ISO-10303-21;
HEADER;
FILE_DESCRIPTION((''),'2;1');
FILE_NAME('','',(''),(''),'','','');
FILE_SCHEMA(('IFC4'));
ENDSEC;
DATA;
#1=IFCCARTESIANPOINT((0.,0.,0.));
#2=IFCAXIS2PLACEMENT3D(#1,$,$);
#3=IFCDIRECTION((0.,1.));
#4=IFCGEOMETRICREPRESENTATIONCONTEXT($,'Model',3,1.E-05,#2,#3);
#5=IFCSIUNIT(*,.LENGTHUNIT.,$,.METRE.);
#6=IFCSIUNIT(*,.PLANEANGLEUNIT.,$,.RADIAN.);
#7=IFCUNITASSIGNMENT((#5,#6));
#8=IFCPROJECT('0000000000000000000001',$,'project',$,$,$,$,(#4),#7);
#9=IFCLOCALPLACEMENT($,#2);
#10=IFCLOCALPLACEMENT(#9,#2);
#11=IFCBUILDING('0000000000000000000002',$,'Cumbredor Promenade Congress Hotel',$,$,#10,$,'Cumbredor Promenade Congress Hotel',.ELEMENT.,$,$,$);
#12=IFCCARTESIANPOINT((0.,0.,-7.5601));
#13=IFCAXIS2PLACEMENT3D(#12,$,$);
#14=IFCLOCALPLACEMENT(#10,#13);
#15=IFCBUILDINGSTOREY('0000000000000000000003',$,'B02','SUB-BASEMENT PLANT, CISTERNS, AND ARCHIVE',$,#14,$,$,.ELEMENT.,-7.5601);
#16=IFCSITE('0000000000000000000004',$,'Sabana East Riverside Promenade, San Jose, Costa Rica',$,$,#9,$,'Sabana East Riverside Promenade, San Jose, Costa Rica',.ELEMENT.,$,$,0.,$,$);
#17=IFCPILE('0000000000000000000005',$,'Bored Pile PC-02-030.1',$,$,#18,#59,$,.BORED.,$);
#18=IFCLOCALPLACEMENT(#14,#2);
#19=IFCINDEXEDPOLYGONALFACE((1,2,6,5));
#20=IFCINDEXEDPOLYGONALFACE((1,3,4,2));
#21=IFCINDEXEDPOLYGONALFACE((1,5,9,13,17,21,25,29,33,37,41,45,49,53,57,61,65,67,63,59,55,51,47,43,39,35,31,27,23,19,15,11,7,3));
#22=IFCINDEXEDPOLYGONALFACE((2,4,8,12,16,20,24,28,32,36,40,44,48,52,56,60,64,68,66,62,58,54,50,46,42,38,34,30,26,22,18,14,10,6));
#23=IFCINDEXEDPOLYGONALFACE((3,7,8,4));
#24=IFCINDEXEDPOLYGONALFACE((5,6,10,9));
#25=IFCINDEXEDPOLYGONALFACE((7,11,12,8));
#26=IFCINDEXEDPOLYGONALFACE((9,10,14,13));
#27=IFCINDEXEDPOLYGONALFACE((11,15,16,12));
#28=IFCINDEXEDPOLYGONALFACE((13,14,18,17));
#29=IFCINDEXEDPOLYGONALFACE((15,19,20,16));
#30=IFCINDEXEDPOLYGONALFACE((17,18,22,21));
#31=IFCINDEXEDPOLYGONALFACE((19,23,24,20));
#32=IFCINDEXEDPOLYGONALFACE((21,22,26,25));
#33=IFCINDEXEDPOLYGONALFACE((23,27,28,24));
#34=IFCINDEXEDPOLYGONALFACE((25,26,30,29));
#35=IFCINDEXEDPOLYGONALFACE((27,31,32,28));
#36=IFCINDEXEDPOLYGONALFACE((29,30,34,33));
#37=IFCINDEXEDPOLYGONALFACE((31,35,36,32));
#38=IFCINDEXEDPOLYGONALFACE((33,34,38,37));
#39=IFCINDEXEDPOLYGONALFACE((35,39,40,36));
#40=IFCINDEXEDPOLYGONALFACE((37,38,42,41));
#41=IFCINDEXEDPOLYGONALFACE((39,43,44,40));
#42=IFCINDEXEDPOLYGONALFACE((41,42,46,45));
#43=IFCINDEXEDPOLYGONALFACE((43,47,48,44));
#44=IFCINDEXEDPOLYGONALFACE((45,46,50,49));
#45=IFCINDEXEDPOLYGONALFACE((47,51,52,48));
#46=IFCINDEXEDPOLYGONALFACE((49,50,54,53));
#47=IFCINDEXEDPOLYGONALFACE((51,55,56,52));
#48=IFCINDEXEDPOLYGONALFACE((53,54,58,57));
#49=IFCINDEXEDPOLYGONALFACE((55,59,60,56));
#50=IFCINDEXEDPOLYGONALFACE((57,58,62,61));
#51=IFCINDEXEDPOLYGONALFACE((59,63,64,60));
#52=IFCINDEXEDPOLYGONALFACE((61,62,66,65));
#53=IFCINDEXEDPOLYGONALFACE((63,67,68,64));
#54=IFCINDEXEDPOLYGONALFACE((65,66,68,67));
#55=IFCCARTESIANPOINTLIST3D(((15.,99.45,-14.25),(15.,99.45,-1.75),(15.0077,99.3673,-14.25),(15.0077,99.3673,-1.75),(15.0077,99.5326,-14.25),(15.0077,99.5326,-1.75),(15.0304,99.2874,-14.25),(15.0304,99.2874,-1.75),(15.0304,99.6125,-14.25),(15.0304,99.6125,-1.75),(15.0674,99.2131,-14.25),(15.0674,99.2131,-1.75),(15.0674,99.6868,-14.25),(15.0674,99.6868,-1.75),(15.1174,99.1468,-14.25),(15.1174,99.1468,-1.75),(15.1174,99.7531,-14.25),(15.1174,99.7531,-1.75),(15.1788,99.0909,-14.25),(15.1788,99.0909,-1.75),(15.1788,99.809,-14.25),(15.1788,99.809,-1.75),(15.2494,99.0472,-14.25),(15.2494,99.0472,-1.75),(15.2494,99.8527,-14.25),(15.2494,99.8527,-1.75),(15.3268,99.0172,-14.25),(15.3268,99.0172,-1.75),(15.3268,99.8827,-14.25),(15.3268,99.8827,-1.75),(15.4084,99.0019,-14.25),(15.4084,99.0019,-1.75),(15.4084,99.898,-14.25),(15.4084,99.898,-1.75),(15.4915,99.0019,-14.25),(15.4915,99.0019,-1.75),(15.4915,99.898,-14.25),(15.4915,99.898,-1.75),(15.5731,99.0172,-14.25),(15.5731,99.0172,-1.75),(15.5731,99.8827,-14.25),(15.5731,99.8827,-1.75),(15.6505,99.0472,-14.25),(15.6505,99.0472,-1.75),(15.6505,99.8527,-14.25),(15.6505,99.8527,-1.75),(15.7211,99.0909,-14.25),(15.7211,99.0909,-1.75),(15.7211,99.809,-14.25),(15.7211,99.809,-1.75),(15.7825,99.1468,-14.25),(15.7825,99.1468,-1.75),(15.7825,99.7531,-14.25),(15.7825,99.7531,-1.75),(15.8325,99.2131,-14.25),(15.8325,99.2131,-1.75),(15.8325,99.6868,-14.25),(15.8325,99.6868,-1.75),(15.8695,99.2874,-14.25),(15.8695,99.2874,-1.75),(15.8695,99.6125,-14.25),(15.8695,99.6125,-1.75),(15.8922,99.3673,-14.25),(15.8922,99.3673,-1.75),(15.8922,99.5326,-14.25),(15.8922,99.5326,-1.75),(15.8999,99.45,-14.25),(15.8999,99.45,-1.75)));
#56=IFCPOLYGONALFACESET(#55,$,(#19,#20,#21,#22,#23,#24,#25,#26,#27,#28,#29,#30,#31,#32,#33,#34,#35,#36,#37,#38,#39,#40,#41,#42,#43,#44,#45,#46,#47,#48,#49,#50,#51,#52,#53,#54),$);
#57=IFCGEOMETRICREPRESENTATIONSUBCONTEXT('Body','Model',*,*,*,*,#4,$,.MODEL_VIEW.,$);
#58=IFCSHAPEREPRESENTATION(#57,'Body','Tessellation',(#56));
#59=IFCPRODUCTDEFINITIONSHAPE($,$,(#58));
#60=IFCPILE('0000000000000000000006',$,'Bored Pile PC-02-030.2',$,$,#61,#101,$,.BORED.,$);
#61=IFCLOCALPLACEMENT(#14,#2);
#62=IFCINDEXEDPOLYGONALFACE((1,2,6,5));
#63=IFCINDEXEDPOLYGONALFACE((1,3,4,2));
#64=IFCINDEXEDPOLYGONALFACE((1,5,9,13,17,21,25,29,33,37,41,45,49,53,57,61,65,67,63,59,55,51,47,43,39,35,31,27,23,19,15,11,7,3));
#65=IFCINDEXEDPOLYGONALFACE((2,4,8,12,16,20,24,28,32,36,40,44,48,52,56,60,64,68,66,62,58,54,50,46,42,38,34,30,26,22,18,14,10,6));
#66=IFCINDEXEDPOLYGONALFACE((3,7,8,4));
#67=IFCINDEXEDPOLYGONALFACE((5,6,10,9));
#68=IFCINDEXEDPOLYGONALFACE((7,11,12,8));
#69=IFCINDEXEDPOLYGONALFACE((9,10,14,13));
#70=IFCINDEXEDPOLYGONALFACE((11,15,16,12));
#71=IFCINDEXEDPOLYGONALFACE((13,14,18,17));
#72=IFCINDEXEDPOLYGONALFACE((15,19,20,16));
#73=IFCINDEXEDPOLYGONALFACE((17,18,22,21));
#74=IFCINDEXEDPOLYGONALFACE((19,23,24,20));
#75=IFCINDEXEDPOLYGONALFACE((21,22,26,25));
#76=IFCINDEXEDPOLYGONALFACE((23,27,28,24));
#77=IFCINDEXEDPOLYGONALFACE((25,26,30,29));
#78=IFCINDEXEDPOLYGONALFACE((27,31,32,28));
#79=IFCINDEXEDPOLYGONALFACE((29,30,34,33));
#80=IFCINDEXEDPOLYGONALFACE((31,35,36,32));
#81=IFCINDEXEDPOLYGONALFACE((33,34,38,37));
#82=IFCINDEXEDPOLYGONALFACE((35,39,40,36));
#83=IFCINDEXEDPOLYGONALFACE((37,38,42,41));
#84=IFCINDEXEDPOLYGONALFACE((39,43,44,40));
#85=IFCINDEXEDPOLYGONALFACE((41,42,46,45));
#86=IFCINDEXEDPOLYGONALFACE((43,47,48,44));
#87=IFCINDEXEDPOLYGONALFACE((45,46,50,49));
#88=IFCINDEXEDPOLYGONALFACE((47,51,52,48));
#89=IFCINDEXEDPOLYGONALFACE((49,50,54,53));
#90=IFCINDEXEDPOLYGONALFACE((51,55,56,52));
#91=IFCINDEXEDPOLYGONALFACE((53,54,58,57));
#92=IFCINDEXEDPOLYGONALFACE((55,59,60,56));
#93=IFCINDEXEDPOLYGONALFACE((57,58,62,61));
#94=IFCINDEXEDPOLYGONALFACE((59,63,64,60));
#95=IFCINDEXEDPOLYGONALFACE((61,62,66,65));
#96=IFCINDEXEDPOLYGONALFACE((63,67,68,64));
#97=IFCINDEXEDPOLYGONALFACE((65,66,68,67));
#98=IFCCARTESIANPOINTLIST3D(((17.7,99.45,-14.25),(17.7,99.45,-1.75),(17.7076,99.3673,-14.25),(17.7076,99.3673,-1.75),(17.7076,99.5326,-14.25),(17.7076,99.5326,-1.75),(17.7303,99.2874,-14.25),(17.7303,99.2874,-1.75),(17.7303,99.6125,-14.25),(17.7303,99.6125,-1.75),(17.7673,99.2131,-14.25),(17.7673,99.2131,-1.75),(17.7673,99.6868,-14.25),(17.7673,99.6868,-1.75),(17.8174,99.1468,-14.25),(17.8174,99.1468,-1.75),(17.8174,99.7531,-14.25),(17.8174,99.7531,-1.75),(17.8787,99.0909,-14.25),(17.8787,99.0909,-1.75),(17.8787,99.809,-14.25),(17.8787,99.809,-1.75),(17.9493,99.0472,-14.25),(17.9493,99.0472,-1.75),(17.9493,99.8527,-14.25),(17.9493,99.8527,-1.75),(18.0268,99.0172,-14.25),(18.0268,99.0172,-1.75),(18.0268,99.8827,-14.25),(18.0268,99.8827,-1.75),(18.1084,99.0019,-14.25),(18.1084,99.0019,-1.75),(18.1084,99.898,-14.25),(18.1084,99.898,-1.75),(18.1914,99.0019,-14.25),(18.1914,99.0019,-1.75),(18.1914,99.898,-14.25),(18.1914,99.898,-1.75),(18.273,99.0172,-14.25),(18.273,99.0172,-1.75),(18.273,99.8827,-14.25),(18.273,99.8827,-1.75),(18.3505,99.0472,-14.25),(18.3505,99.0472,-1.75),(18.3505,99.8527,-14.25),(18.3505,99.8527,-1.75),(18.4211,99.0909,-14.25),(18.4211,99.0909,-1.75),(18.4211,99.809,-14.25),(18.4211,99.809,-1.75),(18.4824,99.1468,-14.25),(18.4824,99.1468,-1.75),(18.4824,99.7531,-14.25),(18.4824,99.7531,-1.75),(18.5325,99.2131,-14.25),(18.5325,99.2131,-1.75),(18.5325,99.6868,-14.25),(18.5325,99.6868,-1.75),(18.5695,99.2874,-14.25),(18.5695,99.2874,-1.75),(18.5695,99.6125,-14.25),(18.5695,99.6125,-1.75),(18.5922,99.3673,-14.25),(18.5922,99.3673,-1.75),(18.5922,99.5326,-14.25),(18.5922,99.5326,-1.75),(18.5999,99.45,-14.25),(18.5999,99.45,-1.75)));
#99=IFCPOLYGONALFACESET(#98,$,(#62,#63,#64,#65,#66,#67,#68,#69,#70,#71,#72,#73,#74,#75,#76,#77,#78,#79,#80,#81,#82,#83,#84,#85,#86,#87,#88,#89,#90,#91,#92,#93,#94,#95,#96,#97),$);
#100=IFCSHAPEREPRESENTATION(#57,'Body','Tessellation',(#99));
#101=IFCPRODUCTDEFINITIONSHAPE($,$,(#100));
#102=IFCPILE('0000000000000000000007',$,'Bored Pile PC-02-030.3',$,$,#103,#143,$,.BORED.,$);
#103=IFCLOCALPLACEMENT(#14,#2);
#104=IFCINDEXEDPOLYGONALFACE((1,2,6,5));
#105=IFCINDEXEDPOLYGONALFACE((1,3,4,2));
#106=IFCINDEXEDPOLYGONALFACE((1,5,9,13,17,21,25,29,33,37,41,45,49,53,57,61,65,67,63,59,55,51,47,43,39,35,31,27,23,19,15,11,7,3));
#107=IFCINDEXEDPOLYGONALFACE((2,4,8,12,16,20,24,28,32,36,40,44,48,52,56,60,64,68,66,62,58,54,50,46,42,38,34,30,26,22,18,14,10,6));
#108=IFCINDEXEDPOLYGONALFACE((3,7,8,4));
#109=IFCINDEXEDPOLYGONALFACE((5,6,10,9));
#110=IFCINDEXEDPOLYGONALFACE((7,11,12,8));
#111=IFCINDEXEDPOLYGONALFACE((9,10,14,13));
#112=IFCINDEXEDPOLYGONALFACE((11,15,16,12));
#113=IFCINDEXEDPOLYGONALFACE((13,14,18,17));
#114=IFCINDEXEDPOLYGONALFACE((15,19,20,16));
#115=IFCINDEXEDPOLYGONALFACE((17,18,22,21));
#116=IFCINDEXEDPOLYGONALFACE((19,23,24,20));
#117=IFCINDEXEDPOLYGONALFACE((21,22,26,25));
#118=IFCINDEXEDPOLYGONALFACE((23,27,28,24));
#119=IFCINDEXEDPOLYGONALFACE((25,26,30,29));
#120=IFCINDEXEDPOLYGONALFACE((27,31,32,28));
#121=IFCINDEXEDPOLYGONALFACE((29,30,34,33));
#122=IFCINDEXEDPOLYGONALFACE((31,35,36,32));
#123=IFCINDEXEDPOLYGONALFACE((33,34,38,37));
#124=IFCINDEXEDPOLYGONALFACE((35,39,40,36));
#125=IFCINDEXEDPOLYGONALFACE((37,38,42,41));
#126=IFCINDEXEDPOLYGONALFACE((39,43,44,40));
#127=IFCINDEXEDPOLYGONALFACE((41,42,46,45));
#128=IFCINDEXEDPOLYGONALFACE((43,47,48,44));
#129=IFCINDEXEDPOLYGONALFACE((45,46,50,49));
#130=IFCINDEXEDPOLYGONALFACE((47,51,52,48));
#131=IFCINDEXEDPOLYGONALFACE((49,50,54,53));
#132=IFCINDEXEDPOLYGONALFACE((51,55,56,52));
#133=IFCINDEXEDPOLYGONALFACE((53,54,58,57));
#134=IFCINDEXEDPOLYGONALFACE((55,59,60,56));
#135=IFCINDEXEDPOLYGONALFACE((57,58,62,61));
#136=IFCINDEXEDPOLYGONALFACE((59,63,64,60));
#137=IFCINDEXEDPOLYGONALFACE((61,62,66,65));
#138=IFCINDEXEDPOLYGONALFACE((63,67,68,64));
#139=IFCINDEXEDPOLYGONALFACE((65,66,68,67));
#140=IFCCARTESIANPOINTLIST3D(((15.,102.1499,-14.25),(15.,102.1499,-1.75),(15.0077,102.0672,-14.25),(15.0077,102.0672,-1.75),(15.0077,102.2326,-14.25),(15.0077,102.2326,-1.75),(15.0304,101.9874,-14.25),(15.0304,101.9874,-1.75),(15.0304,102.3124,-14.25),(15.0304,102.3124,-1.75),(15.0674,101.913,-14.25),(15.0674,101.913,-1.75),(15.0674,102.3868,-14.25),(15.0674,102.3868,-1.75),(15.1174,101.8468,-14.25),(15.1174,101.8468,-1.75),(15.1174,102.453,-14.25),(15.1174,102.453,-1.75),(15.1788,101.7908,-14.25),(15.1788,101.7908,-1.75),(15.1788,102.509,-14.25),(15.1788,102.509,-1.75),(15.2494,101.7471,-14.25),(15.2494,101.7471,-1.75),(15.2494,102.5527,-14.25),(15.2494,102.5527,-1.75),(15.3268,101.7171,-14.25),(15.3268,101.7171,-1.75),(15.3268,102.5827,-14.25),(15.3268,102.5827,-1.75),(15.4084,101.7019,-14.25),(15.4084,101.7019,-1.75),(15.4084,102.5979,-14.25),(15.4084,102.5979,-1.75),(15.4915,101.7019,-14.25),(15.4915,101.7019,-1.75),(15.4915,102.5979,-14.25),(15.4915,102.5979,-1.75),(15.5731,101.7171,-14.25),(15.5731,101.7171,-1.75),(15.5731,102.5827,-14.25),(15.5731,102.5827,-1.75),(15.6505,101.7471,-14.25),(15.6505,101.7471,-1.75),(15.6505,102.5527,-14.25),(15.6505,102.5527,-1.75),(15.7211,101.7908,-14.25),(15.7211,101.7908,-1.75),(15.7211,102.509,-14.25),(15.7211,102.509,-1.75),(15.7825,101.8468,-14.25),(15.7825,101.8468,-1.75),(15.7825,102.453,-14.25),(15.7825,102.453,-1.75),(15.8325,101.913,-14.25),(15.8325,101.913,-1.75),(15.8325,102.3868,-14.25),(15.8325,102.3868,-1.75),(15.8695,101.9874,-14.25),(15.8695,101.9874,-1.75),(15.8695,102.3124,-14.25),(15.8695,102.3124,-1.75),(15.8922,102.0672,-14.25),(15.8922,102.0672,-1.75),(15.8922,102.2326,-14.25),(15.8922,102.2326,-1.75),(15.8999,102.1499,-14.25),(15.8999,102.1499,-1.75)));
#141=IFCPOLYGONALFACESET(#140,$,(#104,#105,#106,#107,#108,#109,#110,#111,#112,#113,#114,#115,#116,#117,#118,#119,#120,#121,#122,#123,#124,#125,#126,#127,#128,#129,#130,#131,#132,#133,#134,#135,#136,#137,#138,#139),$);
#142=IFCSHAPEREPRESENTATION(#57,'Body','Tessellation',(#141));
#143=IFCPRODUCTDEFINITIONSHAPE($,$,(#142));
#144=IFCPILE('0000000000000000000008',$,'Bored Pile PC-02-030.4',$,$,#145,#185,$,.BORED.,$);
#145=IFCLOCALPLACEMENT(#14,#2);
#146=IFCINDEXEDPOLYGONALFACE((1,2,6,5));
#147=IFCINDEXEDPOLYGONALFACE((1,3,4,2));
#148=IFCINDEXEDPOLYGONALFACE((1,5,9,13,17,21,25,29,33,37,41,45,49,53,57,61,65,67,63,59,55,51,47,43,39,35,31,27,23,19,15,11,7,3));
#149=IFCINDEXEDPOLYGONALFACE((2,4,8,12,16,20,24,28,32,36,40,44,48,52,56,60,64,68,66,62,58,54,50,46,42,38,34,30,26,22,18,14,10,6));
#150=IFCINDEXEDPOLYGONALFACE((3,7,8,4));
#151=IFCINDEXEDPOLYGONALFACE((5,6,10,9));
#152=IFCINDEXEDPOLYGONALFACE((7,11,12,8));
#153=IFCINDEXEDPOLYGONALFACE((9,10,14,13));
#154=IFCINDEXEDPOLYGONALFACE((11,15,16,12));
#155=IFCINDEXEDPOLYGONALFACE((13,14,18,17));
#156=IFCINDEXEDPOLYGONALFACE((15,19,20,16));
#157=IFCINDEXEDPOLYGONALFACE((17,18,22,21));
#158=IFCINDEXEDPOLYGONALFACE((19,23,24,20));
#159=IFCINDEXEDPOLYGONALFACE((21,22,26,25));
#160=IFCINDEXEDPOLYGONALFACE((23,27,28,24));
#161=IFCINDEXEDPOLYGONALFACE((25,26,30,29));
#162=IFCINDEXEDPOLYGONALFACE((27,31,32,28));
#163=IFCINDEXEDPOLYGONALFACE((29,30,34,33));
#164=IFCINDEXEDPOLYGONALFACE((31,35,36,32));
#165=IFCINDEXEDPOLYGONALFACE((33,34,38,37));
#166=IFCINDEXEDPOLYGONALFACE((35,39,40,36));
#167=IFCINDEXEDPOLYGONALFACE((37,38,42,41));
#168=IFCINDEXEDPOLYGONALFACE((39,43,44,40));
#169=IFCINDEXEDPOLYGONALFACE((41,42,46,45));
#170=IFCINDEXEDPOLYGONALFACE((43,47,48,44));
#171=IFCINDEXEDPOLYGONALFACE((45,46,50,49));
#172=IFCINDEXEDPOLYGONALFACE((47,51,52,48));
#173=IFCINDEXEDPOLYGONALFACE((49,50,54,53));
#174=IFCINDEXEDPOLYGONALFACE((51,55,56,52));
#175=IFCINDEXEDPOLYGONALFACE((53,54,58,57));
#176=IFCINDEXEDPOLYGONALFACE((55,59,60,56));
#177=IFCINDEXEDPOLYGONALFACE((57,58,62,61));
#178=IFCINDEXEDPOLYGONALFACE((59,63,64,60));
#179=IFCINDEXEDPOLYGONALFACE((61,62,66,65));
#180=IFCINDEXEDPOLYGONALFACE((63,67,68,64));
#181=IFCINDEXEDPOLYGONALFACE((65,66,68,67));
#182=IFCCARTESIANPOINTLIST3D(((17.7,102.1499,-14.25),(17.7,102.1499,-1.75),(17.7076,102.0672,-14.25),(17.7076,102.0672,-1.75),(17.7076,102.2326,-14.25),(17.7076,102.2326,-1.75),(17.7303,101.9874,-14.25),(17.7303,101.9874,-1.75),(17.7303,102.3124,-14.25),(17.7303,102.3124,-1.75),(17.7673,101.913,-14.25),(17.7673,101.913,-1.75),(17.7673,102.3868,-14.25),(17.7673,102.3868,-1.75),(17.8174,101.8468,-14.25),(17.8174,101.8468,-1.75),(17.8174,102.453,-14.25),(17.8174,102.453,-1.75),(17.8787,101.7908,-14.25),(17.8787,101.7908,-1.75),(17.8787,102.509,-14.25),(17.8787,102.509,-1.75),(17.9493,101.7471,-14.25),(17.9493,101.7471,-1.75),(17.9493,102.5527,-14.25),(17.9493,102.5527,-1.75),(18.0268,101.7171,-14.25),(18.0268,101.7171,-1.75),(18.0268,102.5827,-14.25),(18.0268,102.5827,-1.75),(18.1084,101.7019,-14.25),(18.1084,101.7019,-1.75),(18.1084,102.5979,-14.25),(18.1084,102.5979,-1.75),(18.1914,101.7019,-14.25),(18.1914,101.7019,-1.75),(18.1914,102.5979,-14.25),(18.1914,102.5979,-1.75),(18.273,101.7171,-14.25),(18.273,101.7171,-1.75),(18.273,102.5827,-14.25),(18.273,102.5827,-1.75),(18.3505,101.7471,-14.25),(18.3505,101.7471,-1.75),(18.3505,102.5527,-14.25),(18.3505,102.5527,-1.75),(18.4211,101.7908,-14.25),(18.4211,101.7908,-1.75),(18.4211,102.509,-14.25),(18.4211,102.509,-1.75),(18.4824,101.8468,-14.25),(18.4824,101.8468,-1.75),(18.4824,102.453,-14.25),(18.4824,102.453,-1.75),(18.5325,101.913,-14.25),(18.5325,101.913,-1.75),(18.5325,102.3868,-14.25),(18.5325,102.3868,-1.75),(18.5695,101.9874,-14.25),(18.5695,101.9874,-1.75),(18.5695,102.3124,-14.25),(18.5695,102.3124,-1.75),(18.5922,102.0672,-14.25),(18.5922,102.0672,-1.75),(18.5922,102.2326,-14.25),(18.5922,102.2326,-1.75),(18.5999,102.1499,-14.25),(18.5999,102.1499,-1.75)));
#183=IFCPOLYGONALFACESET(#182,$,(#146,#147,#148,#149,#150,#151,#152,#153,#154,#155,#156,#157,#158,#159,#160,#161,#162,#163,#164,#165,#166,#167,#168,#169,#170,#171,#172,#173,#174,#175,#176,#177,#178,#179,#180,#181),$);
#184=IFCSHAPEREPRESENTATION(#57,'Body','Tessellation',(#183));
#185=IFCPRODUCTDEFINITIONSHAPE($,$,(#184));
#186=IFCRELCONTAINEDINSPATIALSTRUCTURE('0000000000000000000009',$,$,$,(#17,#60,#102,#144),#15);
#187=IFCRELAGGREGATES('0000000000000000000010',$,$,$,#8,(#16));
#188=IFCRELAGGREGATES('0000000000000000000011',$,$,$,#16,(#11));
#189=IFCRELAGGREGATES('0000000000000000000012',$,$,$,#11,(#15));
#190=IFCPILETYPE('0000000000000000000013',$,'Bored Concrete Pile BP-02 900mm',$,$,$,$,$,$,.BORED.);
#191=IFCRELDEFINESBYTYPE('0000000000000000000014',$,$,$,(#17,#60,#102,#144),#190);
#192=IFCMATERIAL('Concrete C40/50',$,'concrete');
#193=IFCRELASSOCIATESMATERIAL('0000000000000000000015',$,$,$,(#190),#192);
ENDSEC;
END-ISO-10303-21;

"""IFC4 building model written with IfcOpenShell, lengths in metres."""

from ifc_helpers import new_model, si_unit, direction, frame, origin, origin_2d, place, context, subcontext, project, spatial, circle, extrude, material, material_profile, profile_set, type_object, element, save


model = new_model("IFC4")

# Units and contexts
model_context = context("Model", 3, precision=1e-05, world=origin(), true_north=direction((0.0, 1.0)))
body_context = subcontext(model_context, "Body", "Model", "MODEL_VIEW")
ifc_project = project(units=[si_unit("LENGTHUNIT", "METRE"), si_unit("PLANEANGLEUNIT", "RADIAN")], contexts=[model_context])

# Site, building, storey
site_placement = place(None, origin())
site = spatial("IfcSite", under=ifc_project, at=site_placement, Name="Sabana East Riverside Promenade, San Jose, Costa Rica", LongName="Sabana East Riverside Promenade, San Jose, Costa Rica", CompositionType="ELEMENT", RefElevation=0.0)
building_placement = place(site_placement, origin())
building = spatial("IfcBuilding", under=site, at=building_placement, Name="Cumbredor Promenade Congress Hotel", LongName="Cumbredor Promenade Congress Hotel", CompositionType="ELEMENT")
storey_placement = place(building_placement, frame((0.0, 0.0, -7.5601)))
storey = spatial("IfcBuildingStorey", under=building, at=storey_placement, Name="B02", Description="SUB-BASEMENT PLANT, CISTERNS, AND ARCHIVE", CompositionType="ELEMENT", Elevation=-7.5601)

# Piles
ifc_material_1 = material(Name="Concrete C40/50", Category="concrete")
ifc_material_profile_1 = material_profile(ifc_material_1, circle(Radius=0.45, at=origin_2d()), Name="PILE D900")
ifc_profile_set_1 = profile_set([ifc_material_profile_1], Name="Concrete C40/50")
pile_type_1 = type_object("IfcPileType", Name="Bored Concrete Pile BP-02 900mm", PredefinedType="BORED", material=ifc_profile_set_1)
for number, where, z_axis, x_axis, name in (
    (1, (15.45, 99.45, -1.75), (0.0, 0.0, -1.0), (1.0, 0.0, 0.0), "Bored Pile PC-02-030.1"),
    (2, (18.1499, 99.45, -1.75), (0.0, 0.0, -1.0), (1.0, 0.0, 0.0), "Bored Pile PC-02-030.2"),
    (3, (15.45, 102.1499, -1.75), (0.0, 0.0, -1.0), (1.0, 0.0, 0.0), "Bored Pile PC-02-030.3"),
    (4, (18.1499, 102.1499, -1.75), (0.0, 0.0, -1.0), (1.0, 0.0, 0.0), "Bored Pile PC-02-030.4"),
):
    element("IfcPile", number, at=place(storey_placement, frame(where, z_axis=z_axis, x_axis=x_axis)), inside=storey, type_object=pile_type_1, Name=name, PredefinedType="BORED", context=body_context, shape_type="SweptSolid", body=[
        extrude(circle(Radius=0.45, at=origin_2d()), origin(), (0.0, 0.0, 1.0), 12.5),
    ])

save(model, "model.ifc")
